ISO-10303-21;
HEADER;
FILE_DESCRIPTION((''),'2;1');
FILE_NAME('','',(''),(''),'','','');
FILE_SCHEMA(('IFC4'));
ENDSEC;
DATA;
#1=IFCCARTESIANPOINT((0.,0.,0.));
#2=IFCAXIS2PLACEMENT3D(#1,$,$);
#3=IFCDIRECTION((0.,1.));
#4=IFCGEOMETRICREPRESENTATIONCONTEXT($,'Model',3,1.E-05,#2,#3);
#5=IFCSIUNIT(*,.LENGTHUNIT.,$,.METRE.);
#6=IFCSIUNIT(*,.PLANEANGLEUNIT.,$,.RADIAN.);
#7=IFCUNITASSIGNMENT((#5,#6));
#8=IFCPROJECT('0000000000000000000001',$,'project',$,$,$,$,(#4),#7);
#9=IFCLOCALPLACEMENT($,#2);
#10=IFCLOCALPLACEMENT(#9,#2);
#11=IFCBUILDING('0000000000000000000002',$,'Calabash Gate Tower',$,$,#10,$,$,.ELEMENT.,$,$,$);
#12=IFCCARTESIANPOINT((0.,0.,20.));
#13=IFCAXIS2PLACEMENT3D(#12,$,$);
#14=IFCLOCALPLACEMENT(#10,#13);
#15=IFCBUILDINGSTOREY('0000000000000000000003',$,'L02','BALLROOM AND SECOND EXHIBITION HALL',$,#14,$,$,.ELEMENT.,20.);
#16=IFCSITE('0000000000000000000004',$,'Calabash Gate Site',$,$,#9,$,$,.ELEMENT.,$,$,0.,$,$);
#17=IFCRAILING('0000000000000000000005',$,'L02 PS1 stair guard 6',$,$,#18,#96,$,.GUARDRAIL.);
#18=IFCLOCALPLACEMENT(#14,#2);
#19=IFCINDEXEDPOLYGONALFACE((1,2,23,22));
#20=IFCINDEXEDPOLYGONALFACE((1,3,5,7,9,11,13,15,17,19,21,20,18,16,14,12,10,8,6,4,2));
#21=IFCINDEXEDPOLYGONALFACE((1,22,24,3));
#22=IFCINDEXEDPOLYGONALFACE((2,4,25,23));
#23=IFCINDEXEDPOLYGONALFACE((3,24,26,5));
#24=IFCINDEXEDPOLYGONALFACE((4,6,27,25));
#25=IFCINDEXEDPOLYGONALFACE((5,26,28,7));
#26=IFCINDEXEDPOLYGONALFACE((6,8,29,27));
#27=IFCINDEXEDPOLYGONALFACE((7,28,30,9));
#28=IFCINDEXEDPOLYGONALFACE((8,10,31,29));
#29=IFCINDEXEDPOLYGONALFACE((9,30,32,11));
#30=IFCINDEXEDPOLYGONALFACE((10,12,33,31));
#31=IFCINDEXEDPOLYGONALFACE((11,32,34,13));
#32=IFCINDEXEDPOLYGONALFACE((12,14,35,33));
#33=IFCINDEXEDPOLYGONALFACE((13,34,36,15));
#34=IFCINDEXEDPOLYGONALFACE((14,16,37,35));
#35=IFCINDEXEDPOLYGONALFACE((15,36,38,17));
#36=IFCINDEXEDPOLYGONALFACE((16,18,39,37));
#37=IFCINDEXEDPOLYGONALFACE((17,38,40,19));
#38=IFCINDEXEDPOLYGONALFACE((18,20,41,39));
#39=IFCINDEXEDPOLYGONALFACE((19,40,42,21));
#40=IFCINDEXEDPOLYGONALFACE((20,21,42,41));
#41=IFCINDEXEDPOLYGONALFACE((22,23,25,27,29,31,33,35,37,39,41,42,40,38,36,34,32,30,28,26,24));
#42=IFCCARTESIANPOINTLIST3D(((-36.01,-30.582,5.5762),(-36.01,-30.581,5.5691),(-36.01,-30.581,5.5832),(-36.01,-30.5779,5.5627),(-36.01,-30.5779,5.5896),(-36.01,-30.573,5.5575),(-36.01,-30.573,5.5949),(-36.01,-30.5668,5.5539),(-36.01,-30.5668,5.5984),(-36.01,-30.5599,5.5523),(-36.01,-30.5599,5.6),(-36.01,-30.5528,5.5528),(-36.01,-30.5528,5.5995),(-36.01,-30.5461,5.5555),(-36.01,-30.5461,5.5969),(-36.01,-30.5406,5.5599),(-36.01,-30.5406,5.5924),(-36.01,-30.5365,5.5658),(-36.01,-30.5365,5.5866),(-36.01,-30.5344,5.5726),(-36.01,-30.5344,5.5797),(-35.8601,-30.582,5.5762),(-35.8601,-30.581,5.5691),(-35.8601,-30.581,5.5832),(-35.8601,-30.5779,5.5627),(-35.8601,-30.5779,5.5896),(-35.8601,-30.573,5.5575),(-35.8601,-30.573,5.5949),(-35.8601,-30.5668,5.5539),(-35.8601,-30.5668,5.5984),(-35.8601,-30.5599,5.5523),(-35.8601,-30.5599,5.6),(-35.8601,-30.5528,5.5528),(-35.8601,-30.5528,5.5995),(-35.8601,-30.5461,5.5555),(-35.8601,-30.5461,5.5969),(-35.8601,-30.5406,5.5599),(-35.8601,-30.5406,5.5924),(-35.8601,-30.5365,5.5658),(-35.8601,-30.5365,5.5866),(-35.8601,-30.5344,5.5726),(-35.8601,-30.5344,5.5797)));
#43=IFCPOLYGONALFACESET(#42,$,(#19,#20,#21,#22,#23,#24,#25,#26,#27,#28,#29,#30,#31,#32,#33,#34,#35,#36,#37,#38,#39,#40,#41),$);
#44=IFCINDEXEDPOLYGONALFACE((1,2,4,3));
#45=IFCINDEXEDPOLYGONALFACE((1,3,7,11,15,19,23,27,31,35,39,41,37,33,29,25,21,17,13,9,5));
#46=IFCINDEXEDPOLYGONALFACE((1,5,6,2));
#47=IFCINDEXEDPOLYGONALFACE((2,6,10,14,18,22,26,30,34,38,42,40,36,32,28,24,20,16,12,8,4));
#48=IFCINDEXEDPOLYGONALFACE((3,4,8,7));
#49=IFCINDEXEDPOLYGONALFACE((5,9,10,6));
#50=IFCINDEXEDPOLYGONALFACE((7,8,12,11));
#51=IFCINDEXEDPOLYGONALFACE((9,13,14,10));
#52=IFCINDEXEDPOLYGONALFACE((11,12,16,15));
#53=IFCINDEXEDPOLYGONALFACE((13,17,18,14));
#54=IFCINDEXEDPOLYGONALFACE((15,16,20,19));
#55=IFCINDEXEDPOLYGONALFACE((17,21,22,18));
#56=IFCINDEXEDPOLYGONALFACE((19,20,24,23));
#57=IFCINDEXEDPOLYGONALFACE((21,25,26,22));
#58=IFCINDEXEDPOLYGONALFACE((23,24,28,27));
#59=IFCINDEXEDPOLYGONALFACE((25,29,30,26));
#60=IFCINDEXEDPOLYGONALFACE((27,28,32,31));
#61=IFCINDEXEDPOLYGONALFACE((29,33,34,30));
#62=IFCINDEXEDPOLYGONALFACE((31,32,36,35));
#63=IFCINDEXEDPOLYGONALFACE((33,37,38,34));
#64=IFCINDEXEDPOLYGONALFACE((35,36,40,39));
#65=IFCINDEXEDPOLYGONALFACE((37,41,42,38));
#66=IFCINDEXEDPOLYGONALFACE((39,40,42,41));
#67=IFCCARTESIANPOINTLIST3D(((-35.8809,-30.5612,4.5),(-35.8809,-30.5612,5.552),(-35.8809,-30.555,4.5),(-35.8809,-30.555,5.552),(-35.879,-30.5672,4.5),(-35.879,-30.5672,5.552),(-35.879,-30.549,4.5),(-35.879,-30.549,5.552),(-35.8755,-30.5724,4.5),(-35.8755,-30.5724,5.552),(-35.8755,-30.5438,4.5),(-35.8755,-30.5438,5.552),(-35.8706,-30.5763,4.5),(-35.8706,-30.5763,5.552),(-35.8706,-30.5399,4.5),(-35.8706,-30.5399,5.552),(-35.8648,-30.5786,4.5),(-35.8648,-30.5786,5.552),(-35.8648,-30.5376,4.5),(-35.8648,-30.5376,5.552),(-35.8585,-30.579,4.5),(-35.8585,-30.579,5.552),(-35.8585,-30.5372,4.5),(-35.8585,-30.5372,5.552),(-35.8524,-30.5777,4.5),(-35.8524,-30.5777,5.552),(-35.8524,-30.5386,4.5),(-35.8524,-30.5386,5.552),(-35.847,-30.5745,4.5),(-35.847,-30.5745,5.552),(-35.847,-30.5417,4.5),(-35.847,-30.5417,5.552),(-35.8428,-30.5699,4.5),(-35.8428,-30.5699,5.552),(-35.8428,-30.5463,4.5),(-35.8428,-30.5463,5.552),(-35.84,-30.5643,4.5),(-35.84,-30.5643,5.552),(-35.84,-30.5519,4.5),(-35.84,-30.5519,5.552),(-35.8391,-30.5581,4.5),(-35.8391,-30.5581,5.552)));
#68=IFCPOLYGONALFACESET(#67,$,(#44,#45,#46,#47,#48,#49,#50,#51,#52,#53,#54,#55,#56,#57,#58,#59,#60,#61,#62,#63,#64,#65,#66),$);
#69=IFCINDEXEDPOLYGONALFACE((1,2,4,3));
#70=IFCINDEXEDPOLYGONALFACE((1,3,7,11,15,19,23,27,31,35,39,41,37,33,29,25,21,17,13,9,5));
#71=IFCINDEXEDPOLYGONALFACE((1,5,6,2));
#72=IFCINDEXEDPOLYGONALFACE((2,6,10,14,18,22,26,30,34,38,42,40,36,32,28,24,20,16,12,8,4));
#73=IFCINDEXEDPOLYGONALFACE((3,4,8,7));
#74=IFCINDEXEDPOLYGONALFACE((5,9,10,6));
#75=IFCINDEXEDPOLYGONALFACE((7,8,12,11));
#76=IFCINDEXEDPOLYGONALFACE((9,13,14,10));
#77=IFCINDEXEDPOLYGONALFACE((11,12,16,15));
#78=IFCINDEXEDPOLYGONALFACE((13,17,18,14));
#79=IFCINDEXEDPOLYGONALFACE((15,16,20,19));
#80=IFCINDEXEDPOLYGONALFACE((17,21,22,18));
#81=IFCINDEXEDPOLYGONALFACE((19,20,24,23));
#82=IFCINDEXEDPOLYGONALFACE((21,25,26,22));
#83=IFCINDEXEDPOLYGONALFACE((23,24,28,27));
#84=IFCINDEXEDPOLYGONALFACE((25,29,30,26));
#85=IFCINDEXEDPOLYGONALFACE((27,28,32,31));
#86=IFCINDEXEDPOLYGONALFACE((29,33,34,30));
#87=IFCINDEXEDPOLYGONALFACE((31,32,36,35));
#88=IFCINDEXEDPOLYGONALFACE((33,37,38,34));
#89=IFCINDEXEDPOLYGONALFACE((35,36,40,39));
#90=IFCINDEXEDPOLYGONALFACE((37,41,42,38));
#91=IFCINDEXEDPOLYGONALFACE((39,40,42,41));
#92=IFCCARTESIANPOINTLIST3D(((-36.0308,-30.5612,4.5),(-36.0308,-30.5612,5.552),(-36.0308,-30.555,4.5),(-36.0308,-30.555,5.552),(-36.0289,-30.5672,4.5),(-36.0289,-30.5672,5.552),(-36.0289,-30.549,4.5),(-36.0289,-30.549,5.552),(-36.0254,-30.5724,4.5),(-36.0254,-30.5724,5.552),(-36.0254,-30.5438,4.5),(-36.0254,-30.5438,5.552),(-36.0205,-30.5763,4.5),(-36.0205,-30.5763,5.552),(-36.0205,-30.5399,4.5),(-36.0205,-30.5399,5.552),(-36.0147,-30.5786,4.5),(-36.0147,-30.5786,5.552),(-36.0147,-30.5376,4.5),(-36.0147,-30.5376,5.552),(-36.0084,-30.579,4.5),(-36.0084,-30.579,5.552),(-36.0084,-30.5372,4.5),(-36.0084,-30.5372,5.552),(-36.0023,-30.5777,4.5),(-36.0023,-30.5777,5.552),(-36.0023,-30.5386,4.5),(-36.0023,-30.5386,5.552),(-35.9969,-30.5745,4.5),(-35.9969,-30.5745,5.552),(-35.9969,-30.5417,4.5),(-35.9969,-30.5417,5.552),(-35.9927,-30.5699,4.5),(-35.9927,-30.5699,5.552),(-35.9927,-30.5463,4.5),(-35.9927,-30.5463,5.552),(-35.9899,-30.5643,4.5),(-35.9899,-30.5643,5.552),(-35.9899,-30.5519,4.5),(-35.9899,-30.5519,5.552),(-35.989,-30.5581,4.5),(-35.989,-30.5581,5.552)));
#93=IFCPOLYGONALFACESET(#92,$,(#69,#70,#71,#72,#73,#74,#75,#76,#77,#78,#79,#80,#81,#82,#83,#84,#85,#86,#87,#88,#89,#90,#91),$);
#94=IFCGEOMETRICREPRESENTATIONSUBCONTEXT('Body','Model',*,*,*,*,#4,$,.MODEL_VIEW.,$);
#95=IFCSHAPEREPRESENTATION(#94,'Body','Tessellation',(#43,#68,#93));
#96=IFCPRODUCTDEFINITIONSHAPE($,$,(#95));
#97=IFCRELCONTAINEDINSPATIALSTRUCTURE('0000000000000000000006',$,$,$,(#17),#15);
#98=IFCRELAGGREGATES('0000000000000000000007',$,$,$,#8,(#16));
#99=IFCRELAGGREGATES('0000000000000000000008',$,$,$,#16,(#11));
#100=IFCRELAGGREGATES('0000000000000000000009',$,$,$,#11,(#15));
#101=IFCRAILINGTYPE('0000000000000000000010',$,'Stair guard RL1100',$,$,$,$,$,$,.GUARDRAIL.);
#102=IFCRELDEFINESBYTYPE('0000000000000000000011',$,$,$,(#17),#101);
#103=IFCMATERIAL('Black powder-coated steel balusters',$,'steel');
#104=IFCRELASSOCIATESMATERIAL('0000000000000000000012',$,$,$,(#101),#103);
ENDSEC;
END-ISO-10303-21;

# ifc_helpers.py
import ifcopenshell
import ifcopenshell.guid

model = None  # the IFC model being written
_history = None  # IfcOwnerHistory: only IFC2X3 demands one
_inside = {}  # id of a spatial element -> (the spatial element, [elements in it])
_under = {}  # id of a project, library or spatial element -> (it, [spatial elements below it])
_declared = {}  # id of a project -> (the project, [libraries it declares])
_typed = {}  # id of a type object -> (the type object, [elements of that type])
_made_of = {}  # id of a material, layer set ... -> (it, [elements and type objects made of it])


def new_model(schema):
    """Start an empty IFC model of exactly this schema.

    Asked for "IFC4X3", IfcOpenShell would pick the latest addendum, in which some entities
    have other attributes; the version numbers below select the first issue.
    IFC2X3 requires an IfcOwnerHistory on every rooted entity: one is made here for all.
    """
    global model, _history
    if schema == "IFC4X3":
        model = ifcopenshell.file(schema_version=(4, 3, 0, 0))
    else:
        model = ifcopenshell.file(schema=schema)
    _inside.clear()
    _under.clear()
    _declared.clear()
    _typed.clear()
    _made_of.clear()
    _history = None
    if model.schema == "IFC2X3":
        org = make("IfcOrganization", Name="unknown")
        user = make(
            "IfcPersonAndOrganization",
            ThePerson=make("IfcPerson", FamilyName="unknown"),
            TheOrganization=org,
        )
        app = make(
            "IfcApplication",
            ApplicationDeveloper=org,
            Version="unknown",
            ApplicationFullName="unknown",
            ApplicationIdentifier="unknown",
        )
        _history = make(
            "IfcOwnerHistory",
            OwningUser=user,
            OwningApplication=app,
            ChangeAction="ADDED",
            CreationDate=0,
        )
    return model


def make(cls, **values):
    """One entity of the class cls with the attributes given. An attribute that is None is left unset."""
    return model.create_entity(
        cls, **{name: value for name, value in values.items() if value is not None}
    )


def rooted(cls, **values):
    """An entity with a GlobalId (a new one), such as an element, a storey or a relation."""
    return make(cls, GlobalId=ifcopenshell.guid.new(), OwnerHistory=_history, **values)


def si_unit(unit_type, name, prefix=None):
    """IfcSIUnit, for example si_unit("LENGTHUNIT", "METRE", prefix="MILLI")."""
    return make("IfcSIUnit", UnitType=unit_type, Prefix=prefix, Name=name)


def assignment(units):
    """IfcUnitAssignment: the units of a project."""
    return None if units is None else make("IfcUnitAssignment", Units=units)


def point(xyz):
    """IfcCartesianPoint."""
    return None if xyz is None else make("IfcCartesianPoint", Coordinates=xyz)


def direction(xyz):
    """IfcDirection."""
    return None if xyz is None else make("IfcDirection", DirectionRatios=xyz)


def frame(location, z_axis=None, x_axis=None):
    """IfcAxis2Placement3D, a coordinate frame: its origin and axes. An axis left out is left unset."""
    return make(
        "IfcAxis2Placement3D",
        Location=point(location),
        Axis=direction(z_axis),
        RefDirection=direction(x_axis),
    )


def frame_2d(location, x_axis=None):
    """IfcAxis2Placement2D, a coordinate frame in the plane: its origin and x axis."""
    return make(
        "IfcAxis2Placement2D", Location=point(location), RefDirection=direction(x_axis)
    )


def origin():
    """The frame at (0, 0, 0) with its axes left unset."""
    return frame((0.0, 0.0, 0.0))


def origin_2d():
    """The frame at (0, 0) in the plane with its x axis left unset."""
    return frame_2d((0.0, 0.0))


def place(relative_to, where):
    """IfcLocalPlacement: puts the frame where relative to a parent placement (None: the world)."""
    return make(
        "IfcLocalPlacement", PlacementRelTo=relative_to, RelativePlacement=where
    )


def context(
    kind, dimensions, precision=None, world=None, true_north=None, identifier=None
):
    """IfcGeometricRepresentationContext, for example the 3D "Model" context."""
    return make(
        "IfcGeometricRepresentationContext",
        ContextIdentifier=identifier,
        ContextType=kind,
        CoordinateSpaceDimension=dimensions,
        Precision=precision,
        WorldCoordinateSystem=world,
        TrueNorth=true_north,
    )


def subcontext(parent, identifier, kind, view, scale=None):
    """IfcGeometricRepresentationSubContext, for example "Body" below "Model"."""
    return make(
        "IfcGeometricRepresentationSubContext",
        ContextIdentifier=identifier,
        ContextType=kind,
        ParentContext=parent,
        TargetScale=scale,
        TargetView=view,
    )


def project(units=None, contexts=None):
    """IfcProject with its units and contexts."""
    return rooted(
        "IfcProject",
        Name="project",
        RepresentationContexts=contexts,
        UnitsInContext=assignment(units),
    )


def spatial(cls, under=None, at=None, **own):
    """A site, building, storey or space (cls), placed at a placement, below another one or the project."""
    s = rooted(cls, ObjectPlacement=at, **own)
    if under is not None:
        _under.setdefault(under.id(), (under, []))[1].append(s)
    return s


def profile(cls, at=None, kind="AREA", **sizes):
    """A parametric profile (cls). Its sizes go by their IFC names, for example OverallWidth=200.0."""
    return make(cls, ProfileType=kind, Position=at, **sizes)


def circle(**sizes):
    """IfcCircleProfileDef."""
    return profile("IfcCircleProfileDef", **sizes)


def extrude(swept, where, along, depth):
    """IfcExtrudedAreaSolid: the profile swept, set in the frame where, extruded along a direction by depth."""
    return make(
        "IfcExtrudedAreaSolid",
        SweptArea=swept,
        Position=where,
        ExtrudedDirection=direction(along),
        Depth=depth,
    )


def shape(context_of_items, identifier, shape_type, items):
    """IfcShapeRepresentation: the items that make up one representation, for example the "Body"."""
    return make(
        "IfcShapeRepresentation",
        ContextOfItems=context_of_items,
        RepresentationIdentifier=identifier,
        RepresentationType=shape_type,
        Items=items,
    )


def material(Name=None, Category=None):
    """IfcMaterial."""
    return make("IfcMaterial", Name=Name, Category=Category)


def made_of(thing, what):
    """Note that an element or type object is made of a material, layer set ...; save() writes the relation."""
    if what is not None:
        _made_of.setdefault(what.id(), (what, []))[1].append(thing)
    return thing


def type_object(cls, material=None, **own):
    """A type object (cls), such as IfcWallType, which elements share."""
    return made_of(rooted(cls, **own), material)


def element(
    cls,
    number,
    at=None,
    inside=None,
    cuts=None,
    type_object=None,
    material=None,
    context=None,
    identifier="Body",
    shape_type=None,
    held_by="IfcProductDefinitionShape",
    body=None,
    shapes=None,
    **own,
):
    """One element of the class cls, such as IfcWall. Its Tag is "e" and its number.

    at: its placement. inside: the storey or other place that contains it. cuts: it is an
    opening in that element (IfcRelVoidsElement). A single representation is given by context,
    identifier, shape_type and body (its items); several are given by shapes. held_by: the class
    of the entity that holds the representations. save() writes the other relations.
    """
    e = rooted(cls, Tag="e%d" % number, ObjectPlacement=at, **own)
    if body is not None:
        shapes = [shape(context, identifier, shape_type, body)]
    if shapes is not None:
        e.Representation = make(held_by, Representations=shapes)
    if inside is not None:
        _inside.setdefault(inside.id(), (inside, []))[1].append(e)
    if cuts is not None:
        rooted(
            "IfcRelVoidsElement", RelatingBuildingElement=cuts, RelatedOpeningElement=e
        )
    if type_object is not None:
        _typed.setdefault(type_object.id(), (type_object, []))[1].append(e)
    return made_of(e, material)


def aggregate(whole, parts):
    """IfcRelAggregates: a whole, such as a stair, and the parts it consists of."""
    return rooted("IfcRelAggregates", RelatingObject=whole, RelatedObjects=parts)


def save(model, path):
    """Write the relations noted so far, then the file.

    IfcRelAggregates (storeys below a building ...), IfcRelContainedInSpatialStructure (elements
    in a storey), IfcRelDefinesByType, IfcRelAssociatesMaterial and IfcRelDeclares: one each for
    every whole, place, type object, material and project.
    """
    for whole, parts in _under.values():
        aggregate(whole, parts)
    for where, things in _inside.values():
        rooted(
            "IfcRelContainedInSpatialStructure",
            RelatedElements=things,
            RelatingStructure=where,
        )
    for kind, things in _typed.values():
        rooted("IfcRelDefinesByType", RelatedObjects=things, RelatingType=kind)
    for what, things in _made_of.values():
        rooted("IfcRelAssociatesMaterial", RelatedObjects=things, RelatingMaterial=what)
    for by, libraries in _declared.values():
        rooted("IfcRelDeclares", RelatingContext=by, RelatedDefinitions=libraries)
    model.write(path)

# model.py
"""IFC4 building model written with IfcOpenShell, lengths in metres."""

from ifc_helpers import new_model, si_unit, direction, frame, origin, origin_2d, place, context, subcontext, project, spatial, circle, extrude, material, type_object, element, save


model = new_model("IFC4")

# Units and contexts
model_context = context("Model", 3, precision=1e-05, world=origin(), true_north=direction((0.0, 1.0)))
body_context = subcontext(model_context, "Body", "Model", "MODEL_VIEW")
ifc_project = project(units=[si_unit("LENGTHUNIT", "METRE"), si_unit("PLANEANGLEUNIT", "RADIAN")], contexts=[model_context])

# Site, building, storey
site_placement = place(None, origin())
site = spatial("IfcSite", under=ifc_project, at=site_placement, Name="Calabash Gate Site", CompositionType="ELEMENT", RefElevation=0.0)
building_placement = place(site_placement, origin())
building = spatial("IfcBuilding", under=site, at=building_placement, Name="Calabash Gate Tower", CompositionType="ELEMENT")
storey_placement = place(building_placement, frame((0.0, 0.0, 20.0)))
storey = spatial("IfcBuildingStorey", under=building, at=storey_placement, Name="L02", Description="BALLROOM AND SECOND EXHIBITION HALL", CompositionType="ELEMENT", Elevation=20.0)

# Railing
ifc_material_1 = material(Name="Black powder-coated steel balusters", Category="steel")
railing_type_1 = type_object("IfcRailingType", Name="Stair guard RL1100", PredefinedType="GUARDRAIL", material=ifc_material_1)
railing_1_placement = place(storey_placement, frame((-35.8601, -30.5581, 4.5)))
element("IfcRailing", 1, at=railing_1_placement, inside=storey, type_object=railing_type_1, Name="L02 PS1 stair guard 6", PredefinedType="GUARDRAIL", context=body_context, shape_type="SweptSolid", body=[
    extrude(circle(Radius=0.0239, at=origin_2d()), frame((0.0, 0.0, 1.0762), z_axis=(-1.0, 0.0, 0.0), x_axis=(0.0, -1.0, 0.0)), (0.0, 0.0, 1.0), 0.1499),
    extrude(circle(Radius=0.021, at=origin_2d()), origin(), (0.0, 0.0, 1.0), 1.052),
    extrude(circle(Radius=0.021, at=origin_2d()), frame((-0.1499, 0.0, 0.0)), (0.0, 0.0, 1.0), 1.052),
])

save(model, "model.ifc")
